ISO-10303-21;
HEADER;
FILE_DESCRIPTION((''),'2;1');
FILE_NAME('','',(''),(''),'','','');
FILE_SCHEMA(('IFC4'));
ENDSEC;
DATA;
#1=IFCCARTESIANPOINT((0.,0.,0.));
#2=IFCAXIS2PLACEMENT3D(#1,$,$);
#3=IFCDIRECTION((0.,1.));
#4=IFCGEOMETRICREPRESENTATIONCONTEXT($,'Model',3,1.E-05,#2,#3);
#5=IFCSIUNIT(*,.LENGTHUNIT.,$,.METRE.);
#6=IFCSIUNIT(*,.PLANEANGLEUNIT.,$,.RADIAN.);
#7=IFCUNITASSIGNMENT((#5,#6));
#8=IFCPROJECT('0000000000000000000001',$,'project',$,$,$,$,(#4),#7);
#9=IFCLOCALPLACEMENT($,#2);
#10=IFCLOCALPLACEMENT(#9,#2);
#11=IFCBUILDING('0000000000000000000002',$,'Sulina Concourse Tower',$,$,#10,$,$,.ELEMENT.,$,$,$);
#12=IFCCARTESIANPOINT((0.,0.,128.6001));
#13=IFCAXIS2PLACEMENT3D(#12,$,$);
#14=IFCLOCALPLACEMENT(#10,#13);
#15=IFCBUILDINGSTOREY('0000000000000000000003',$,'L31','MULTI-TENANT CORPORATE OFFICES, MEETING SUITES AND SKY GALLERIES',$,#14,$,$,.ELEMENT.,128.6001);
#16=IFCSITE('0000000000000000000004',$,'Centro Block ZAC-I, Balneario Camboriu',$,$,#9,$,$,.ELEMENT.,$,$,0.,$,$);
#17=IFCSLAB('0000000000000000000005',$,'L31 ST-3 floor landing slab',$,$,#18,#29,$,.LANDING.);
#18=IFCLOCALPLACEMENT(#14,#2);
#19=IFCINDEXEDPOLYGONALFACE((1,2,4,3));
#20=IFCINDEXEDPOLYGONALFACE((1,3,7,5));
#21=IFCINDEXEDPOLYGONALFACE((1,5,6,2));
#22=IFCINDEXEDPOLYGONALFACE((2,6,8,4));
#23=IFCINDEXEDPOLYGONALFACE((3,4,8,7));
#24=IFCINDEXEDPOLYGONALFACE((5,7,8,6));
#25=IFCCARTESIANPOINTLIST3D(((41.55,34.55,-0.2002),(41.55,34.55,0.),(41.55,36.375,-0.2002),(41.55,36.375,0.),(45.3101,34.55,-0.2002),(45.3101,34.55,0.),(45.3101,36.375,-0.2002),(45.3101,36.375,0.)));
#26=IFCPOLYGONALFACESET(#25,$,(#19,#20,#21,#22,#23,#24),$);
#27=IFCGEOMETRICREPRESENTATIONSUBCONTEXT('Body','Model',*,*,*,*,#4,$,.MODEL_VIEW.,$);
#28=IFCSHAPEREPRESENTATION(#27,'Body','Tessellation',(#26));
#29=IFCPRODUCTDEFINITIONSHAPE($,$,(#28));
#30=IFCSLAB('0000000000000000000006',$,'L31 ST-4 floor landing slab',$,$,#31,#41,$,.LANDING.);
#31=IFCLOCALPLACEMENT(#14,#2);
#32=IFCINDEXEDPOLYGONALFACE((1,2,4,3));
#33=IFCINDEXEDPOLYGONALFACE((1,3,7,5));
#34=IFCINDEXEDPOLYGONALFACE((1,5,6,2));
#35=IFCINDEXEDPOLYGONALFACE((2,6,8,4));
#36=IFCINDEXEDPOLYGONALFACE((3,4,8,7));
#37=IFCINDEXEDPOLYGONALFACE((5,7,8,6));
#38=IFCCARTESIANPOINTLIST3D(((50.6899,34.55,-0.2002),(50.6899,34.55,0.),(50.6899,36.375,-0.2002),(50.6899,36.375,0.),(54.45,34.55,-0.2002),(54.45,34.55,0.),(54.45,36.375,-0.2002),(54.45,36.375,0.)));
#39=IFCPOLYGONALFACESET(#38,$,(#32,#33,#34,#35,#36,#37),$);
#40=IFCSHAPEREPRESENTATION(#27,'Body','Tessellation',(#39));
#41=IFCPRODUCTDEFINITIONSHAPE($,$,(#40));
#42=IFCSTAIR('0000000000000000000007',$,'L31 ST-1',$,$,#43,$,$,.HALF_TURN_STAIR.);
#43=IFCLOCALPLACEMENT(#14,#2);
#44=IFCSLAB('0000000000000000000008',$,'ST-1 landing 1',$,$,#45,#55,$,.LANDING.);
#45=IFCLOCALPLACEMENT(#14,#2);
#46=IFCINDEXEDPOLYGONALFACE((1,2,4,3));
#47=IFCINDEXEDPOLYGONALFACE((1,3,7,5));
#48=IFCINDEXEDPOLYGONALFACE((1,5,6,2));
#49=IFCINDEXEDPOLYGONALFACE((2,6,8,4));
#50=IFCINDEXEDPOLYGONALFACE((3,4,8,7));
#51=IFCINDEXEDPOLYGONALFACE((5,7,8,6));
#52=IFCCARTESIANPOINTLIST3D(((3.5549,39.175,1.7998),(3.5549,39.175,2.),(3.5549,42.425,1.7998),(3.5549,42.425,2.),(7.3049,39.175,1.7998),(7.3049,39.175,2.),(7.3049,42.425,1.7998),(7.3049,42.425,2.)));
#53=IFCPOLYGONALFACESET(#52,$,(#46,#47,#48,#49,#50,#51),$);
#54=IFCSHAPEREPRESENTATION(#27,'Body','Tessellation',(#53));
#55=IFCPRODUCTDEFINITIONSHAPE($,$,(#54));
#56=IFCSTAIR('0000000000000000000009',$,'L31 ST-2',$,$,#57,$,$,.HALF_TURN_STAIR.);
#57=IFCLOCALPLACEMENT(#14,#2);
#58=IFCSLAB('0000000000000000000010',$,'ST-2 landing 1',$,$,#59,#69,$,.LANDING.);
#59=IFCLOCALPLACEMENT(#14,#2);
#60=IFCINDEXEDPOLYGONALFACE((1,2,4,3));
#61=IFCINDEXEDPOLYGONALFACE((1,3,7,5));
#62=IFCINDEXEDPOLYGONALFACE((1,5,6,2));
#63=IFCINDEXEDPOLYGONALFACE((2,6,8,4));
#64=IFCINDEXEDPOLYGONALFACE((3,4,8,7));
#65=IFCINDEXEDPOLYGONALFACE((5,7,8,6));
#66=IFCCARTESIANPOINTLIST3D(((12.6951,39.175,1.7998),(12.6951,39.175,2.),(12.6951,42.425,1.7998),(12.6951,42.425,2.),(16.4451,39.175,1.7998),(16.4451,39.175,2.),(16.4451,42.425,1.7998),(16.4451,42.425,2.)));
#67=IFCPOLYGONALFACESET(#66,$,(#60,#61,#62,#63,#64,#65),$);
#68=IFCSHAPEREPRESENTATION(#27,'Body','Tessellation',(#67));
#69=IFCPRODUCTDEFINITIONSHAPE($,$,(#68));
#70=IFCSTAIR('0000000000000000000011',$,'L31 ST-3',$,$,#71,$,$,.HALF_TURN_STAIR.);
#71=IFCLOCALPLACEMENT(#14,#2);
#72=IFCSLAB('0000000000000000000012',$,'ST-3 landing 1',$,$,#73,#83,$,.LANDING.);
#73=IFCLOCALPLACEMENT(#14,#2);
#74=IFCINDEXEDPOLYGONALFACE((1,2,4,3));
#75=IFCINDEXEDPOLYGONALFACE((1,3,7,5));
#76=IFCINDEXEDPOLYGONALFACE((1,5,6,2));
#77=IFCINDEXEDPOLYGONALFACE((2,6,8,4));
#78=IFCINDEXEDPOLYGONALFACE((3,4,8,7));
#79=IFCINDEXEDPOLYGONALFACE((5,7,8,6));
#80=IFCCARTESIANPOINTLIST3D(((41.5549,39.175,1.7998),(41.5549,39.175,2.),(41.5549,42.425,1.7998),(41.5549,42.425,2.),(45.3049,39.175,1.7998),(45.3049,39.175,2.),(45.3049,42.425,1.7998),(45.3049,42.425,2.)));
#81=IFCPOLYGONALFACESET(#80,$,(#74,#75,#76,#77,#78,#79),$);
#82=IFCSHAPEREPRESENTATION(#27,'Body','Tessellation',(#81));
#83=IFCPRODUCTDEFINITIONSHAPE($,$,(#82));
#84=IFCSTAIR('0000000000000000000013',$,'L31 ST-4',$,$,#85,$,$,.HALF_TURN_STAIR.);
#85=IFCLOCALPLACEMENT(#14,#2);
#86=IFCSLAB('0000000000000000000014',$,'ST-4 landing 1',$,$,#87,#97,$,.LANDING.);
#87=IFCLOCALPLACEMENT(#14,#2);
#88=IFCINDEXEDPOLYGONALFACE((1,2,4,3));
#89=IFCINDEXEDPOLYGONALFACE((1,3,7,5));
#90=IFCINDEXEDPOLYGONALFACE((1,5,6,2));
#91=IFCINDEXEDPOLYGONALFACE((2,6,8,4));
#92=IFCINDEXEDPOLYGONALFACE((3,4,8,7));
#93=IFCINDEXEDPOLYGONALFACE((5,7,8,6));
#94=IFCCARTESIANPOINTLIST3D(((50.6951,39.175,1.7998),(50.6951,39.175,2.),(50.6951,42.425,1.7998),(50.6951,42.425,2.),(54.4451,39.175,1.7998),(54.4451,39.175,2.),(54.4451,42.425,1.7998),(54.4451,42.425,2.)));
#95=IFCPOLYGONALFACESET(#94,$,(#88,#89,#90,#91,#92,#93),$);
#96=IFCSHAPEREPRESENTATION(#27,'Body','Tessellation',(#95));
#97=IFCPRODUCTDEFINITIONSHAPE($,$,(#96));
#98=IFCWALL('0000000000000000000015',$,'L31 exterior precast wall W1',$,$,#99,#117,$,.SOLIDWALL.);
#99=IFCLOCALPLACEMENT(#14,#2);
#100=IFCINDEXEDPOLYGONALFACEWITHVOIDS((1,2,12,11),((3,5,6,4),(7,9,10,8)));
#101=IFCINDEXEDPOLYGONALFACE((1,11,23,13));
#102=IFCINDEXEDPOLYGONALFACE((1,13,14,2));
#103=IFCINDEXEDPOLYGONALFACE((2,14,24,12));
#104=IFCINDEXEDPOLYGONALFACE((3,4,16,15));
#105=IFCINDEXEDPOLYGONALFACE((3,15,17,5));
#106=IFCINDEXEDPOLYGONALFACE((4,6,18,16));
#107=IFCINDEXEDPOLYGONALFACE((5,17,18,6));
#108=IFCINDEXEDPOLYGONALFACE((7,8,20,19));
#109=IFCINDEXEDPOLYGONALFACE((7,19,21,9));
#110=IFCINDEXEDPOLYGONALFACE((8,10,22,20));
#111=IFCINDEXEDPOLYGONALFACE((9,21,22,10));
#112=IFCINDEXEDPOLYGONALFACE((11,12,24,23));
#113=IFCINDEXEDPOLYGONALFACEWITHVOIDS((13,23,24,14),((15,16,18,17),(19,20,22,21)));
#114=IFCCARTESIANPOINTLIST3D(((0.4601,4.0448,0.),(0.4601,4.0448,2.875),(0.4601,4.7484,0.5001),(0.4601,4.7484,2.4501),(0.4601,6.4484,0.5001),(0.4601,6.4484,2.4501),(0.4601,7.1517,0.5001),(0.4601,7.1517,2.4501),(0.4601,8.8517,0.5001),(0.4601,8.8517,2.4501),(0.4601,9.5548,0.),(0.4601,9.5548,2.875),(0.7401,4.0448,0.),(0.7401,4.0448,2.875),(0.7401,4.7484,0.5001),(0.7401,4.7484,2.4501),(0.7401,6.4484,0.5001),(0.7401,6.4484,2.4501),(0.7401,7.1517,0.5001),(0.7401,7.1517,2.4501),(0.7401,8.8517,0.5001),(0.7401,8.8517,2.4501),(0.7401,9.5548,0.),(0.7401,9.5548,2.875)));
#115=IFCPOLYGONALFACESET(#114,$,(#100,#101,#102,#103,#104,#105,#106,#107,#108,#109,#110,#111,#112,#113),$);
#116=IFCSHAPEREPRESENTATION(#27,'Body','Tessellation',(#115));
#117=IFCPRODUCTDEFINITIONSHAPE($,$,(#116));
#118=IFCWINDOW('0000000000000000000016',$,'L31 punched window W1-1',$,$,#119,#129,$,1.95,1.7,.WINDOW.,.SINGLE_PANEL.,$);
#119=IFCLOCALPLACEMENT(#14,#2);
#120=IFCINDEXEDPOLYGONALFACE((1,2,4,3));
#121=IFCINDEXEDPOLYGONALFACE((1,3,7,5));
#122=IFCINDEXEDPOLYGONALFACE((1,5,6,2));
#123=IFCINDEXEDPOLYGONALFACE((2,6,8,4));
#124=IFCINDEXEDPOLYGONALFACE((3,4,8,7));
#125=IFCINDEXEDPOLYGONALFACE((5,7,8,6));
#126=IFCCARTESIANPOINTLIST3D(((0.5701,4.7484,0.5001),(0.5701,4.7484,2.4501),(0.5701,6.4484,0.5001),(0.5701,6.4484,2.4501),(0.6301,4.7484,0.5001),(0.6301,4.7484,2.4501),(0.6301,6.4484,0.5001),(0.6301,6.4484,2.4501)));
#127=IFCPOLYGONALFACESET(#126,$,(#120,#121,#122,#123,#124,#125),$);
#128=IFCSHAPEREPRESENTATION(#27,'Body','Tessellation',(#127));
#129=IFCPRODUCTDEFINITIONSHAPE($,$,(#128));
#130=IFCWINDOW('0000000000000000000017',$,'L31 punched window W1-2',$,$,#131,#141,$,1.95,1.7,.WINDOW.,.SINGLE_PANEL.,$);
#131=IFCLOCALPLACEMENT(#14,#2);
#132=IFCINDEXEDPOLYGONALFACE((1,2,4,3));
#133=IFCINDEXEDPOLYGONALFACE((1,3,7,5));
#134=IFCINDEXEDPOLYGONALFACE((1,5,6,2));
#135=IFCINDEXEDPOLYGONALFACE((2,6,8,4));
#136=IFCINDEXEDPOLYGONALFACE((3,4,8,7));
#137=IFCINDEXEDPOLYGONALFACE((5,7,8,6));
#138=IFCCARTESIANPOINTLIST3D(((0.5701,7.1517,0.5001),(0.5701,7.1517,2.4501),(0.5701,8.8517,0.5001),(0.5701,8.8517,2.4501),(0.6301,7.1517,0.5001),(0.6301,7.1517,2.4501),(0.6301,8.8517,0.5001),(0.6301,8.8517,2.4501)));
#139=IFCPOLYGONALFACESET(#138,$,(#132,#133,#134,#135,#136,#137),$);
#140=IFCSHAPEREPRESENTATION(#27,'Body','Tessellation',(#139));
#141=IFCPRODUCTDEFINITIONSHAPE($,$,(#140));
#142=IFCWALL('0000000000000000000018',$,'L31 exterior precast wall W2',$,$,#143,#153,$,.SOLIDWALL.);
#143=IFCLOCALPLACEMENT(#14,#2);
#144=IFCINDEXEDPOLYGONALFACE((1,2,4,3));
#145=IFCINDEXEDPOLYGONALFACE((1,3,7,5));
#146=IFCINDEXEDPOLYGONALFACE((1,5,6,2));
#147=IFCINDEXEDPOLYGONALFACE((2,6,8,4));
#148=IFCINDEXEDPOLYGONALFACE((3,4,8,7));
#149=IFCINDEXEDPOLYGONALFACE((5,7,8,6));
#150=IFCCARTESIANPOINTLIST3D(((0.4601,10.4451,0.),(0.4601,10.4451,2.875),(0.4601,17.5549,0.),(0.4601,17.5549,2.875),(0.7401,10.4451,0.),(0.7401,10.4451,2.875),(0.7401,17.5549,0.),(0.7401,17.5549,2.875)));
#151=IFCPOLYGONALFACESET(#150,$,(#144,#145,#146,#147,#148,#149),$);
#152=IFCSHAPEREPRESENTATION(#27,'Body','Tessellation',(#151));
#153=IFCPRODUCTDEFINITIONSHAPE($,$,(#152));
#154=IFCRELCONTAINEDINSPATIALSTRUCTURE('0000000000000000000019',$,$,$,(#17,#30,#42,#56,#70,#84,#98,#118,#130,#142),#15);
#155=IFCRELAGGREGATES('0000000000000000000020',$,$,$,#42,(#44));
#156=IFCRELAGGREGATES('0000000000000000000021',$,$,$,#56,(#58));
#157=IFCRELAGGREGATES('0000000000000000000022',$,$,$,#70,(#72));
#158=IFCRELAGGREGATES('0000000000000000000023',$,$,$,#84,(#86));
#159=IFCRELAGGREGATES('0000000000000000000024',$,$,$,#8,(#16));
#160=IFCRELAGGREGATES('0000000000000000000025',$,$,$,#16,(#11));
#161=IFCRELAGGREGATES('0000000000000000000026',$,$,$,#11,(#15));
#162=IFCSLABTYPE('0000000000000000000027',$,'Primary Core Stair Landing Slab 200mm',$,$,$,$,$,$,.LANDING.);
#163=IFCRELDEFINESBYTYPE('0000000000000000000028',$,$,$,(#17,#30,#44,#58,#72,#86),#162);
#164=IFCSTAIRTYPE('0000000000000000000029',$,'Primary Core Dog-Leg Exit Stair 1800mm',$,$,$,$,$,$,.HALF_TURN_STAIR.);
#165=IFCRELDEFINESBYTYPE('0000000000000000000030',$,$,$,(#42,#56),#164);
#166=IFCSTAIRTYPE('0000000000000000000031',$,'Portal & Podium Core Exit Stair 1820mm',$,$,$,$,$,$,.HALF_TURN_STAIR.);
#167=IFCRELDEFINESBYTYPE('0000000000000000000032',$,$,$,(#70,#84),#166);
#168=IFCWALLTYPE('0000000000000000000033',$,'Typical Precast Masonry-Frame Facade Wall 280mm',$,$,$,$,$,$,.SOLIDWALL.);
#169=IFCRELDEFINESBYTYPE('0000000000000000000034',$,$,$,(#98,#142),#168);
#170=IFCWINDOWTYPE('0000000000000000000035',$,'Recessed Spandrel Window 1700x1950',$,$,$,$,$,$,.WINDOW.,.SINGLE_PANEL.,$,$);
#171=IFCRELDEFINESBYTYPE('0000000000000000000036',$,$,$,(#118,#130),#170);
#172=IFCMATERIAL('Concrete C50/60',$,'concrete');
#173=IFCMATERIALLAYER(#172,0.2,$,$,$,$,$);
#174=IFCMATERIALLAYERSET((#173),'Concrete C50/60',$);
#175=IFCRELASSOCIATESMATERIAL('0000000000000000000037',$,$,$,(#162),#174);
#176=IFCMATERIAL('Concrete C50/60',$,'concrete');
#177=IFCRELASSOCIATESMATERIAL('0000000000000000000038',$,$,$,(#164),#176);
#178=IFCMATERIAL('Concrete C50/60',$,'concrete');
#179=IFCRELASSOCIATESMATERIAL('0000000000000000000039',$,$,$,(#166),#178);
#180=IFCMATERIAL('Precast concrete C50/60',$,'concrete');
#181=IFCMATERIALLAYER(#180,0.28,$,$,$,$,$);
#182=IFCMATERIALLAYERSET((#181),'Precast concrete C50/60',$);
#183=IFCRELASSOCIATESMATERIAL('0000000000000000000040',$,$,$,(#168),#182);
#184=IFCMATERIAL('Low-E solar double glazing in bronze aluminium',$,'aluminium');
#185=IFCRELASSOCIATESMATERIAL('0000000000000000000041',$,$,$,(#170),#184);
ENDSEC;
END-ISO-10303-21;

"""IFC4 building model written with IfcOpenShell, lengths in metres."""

from ifc_helpers import new_model, si_unit, direction, frame, frame_2d, origin, place, context, subcontext, project, spatial, polyline, rectangle, outline, extrude, material, layer, layer_set, type_object, element, fill, aggregate, save


model = new_model("IFC4")

# Units and contexts
model_context = context("Model", 3, precision=1e-05, world=origin(), true_north=direction((0.0, 1.0)))
body_context = subcontext(model_context, "Body", "Model", "MODEL_VIEW")
ifc_project = project(units=[si_unit("LENGTHUNIT", "METRE"), si_unit("PLANEANGLEUNIT", "RADIAN")], contexts=[model_context])

# Site, building, storey
site_placement = place(None, origin())
site = spatial("IfcSite", under=ifc_project, at=site_placement, Name="Centro Block ZAC-I, Balneario Camboriu", CompositionType="ELEMENT", RefElevation=0.0)
building_placement = place(site_placement, origin())
building = spatial("IfcBuilding", under=site, at=building_placement, Name="Sulina Concourse Tower", CompositionType="ELEMENT")
storey_placement = place(building_placement, frame((0.0, 0.0, 128.6001)))
storey = spatial("IfcBuildingStorey", under=building, at=storey_placement, Name="L31", Description="MULTI-TENANT CORPORATE OFFICES, MEETING SUITES AND SKY GALLERIES", CompositionType="ELEMENT", Elevation=128.6001)

# Slabs
ifc_material_1 = material(Name="Concrete C50/60", Category="concrete")
ifc_layer_1 = layer(ifc_material_1, 0.2)
ifc_layer_set_1 = layer_set([ifc_layer_1], Name="Concrete C50/60")
slab_type_1 = type_object("IfcSlabType", Name="Primary Core Stair Landing Slab 200mm", PredefinedType="LANDING", material=ifc_layer_set_1)
slab_1_placement = place(storey_placement, frame((0.0, 0.0, -0.2002)))
element("IfcSlab", 1, at=slab_1_placement, inside=storey, type_object=slab_type_1, Name="L31 ST-3 floor landing slab", PredefinedType="LANDING", context=body_context, shape_type="SweptSolid", body=[
    extrude(outline(polyline([(45.3101, 34.55), (45.3101, 36.375), (41.55, 36.375), (41.55, 34.55), (45.3101, 34.55)])), origin(), (0.0, 0.0, 1.0), 0.2002),
])
slab_2_placement = place(storey_placement, frame((0.0, 0.0, -0.2002)))
element("IfcSlab", 2, at=slab_2_placement, inside=storey, type_object=slab_type_1, Name="L31 ST-4 floor landing slab", PredefinedType="LANDING", context=body_context, shape_type="SweptSolid", body=[
    extrude(outline(polyline([(54.45, 34.55), (54.45, 36.375), (50.6899, 36.375), (50.6899, 34.55), (54.45, 34.55)])), origin(), (0.0, 0.0, 1.0), 0.2002),
])

# Stairs, slabs
ifc_material_2 = material(Name="Concrete C50/60", Category="concrete")
stair_type_1 = type_object("IfcStairType", Name="Primary Core Dog-Leg Exit Stair 1800mm", PredefinedType="HALF_TURN_STAIR", material=ifc_material_2)
stair_1_placement = place(storey_placement, origin())
stair_1 = element("IfcStair", 3, at=stair_1_placement, inside=storey, type_object=stair_type_1, Name="L31 ST-1", PredefinedType="HALF_TURN_STAIR")
slab_3_placement = place(storey_placement, frame((0.0, 0.0, 1.7998)))
slab_3 = element("IfcSlab", 4, at=slab_3_placement, type_object=slab_type_1, Name="ST-1 landing 1", PredefinedType="LANDING", context=body_context, shape_type="SweptSolid", body=[
    extrude(outline(polyline([(7.3049, 39.175), (7.3049, 42.425), (3.5549, 42.425), (3.5549, 39.175), (7.3049, 39.175)])), origin(), (0.0, 0.0, 1.0), 0.2002),
])
aggregate(stair_1, [slab_3])
stair_2_placement = place(storey_placement, origin())
stair_2 = element("IfcStair", 5, at=stair_2_placement, inside=storey, type_object=stair_type_1, Name="L31 ST-2", PredefinedType="HALF_TURN_STAIR")
slab_4_placement = place(storey_placement, frame((0.0, 0.0, 1.7998)))
slab_4 = element("IfcSlab", 6, at=slab_4_placement, type_object=slab_type_1, Name="ST-2 landing 1", PredefinedType="LANDING", context=body_context, shape_type="SweptSolid", body=[
    extrude(outline(polyline([(16.4451, 39.175), (16.4451, 42.425), (12.6951, 42.425), (12.6951, 39.175), (16.4451, 39.175)])), origin(), (0.0, 0.0, 1.0), 0.2002),
])
aggregate(stair_2, [slab_4])
ifc_material_3 = material(Name="Concrete C50/60", Category="concrete")
stair_type_2 = type_object("IfcStairType", Name="Portal & Podium Core Exit Stair 1820mm", PredefinedType="HALF_TURN_STAIR", material=ifc_material_3)
stair_3_placement = place(storey_placement, origin())
stair_3 = element("IfcStair", 7, at=stair_3_placement, inside=storey, type_object=stair_type_2, Name="L31 ST-3", PredefinedType="HALF_TURN_STAIR")
slab_5_placement = place(storey_placement, frame((0.0, 0.0, 1.7998)))
slab_5 = element("IfcSlab", 8, at=slab_5_placement, type_object=slab_type_1, Name="ST-3 landing 1", PredefinedType="LANDING", context=body_context, shape_type="SweptSolid", body=[
    extrude(outline(polyline([(45.3049, 39.175), (45.3049, 42.425), (41.5549, 42.425), (41.5549, 39.175), (45.3049, 39.175)])), origin(), (0.0, 0.0, 1.0), 0.2002),
])
aggregate(stair_3, [slab_5])
stair_4_placement = place(storey_placement, origin())
stair_4 = element("IfcStair", 9, at=stair_4_placement, inside=storey, type_object=stair_type_2, Name="L31 ST-4", PredefinedType="HALF_TURN_STAIR")
slab_6_placement = place(storey_placement, frame((0.0, 0.0, 1.7998)))
slab_6 = element("IfcSlab", 10, at=slab_6_placement, type_object=slab_type_1, Name="ST-4 landing 1", PredefinedType="LANDING", context=body_context, shape_type="SweptSolid", body=[
    extrude(outline(polyline([(54.4451, 39.175), (54.4451, 42.425), (50.6951, 42.425), (50.6951, 39.175), (54.4451, 39.175)])), origin(), (0.0, 0.0, 1.0), 0.2002),
])
aggregate(stair_4, [slab_6])

# Wall, openings, windows
ifc_material_4 = material(Name="Precast concrete C50/60", Category="concrete")
ifc_layer_2 = layer(ifc_material_4, 0.28)
ifc_layer_set_2 = layer_set([ifc_layer_2], Name="Precast concrete C50/60")
wall_type = type_object("IfcWallType", Name="Typical Precast Masonry-Frame Facade Wall 280mm", PredefinedType="SOLIDWALL", material=ifc_layer_set_2)
wall_1_placement = place(storey_placement, frame((0.6001, 4.0449, 0.0), z_axis=(0.0, 0.0, 1.0), x_axis=(0.0, 1.0, 0.0)))
wall_1 = element("IfcWall", 11, at=wall_1_placement, inside=storey, type_object=wall_type, Name="L31 exterior precast wall W1", PredefinedType="SOLIDWALL", context=body_context, shape_type="SweptSolid", body=[
    extrude(rectangle(XDim=5.51, YDim=0.28, at=frame_2d((2.7549, 0.0))), origin(), (0.0, 0.0, 1.0), 2.875),
])
opening_1_placement = place(wall_1_placement, frame((0.7034, 0.0, 0.5)))
opening_1 = element("IfcOpeningElement", 12, at=opening_1_placement, cuts=wall_1, PredefinedType="OPENING", context=body_context, shape_type="SweptSolid", body=[
    extrude(rectangle(XDim=1.7, YDim=1.95, at=frame_2d((0.8501, 0.9751))), frame((0.0, 0.1499, 0.0), z_axis=(0.0, -1.0, 0.0), x_axis=(1.0, 0.0, 0.0)), (0.0, 0.0, 1.0), 0.3),
])
opening_2_placement = place(wall_1_placement, frame((3.1067, 0.0, 0.5)))
opening_2 = element("IfcOpeningElement", 13, at=opening_2_placement, cuts=wall_1, PredefinedType="OPENING", context=body_context, shape_type="SweptSolid", body=[
    extrude(rectangle(XDim=1.7, YDim=1.95, at=frame_2d((0.8501, 0.9751))), frame((0.0, 0.1499, 0.0), z_axis=(0.0, -1.0, 0.0), x_axis=(1.0, 0.0, 0.0)), (0.0, 0.0, 1.0), 0.3),
])
ifc_material_5 = material(Name="Low-E solar double glazing in bronze aluminium", Category="aluminium")
window_type = type_object("IfcWindowType", Name="Recessed Spandrel Window 1700x1950", PartitioningType="SINGLE_PANEL", PredefinedType="WINDOW", material=ifc_material_5)
window_1_placement = place(opening_1_placement, origin())
window_1 = element("IfcWindow", 14, at=window_1_placement, inside=storey, type_object=window_type, Name="L31 punched window W1-1", OverallHeight=1.95, OverallWidth=1.7, PartitioningType="SINGLE_PANEL", PredefinedType="WINDOW", context=body_context, shape_type="SweptSolid", body=[
    extrude(rectangle(XDim=1.7, YDim=1.95, at=frame_2d((0.8501, 0.9751))), frame((0.0, 0.03, 0.0), z_axis=(0.0, -1.0, 0.0), x_axis=(1.0, 0.0, 0.0)), (0.0, 0.0, 1.0), 0.0601),
])
fill(opening_1, window_1)
window_2_placement = place(opening_2_placement, origin())
window_2 = element("IfcWindow", 15, at=window_2_placement, inside=storey, type_object=window_type, Name="L31 punched window W1-2", OverallHeight=1.95, OverallWidth=1.7, PartitioningType="SINGLE_PANEL", PredefinedType="WINDOW", context=body_context, shape_type="SweptSolid", body=[
    extrude(rectangle(XDim=1.7, YDim=1.95, at=frame_2d((0.8501, 0.9751))), frame((0.0, 0.03, 0.0), z_axis=(0.0, -1.0, 0.0), x_axis=(1.0, 0.0, 0.0)), (0.0, 0.0, 1.0), 0.0601),
])
fill(opening_2, window_2)

# Wall
wall_2_placement = place(storey_placement, frame((0.6001, 10.4451, 0.0), z_axis=(0.0, 0.0, 1.0), x_axis=(0.0, 1.0, 0.0)))
element("IfcWall", 16, at=wall_2_placement, inside=storey, type_object=wall_type, Name="L31 exterior precast wall W2", PredefinedType="SOLIDWALL", context=body_context, shape_type="SweptSolid", body=[
    extrude(rectangle(XDim=7.1099, YDim=0.28, at=frame_2d((3.5549, 0.0))), origin(), (0.0, 0.0, 1.0), 2.875),
])

save(model, "model.ifc")
